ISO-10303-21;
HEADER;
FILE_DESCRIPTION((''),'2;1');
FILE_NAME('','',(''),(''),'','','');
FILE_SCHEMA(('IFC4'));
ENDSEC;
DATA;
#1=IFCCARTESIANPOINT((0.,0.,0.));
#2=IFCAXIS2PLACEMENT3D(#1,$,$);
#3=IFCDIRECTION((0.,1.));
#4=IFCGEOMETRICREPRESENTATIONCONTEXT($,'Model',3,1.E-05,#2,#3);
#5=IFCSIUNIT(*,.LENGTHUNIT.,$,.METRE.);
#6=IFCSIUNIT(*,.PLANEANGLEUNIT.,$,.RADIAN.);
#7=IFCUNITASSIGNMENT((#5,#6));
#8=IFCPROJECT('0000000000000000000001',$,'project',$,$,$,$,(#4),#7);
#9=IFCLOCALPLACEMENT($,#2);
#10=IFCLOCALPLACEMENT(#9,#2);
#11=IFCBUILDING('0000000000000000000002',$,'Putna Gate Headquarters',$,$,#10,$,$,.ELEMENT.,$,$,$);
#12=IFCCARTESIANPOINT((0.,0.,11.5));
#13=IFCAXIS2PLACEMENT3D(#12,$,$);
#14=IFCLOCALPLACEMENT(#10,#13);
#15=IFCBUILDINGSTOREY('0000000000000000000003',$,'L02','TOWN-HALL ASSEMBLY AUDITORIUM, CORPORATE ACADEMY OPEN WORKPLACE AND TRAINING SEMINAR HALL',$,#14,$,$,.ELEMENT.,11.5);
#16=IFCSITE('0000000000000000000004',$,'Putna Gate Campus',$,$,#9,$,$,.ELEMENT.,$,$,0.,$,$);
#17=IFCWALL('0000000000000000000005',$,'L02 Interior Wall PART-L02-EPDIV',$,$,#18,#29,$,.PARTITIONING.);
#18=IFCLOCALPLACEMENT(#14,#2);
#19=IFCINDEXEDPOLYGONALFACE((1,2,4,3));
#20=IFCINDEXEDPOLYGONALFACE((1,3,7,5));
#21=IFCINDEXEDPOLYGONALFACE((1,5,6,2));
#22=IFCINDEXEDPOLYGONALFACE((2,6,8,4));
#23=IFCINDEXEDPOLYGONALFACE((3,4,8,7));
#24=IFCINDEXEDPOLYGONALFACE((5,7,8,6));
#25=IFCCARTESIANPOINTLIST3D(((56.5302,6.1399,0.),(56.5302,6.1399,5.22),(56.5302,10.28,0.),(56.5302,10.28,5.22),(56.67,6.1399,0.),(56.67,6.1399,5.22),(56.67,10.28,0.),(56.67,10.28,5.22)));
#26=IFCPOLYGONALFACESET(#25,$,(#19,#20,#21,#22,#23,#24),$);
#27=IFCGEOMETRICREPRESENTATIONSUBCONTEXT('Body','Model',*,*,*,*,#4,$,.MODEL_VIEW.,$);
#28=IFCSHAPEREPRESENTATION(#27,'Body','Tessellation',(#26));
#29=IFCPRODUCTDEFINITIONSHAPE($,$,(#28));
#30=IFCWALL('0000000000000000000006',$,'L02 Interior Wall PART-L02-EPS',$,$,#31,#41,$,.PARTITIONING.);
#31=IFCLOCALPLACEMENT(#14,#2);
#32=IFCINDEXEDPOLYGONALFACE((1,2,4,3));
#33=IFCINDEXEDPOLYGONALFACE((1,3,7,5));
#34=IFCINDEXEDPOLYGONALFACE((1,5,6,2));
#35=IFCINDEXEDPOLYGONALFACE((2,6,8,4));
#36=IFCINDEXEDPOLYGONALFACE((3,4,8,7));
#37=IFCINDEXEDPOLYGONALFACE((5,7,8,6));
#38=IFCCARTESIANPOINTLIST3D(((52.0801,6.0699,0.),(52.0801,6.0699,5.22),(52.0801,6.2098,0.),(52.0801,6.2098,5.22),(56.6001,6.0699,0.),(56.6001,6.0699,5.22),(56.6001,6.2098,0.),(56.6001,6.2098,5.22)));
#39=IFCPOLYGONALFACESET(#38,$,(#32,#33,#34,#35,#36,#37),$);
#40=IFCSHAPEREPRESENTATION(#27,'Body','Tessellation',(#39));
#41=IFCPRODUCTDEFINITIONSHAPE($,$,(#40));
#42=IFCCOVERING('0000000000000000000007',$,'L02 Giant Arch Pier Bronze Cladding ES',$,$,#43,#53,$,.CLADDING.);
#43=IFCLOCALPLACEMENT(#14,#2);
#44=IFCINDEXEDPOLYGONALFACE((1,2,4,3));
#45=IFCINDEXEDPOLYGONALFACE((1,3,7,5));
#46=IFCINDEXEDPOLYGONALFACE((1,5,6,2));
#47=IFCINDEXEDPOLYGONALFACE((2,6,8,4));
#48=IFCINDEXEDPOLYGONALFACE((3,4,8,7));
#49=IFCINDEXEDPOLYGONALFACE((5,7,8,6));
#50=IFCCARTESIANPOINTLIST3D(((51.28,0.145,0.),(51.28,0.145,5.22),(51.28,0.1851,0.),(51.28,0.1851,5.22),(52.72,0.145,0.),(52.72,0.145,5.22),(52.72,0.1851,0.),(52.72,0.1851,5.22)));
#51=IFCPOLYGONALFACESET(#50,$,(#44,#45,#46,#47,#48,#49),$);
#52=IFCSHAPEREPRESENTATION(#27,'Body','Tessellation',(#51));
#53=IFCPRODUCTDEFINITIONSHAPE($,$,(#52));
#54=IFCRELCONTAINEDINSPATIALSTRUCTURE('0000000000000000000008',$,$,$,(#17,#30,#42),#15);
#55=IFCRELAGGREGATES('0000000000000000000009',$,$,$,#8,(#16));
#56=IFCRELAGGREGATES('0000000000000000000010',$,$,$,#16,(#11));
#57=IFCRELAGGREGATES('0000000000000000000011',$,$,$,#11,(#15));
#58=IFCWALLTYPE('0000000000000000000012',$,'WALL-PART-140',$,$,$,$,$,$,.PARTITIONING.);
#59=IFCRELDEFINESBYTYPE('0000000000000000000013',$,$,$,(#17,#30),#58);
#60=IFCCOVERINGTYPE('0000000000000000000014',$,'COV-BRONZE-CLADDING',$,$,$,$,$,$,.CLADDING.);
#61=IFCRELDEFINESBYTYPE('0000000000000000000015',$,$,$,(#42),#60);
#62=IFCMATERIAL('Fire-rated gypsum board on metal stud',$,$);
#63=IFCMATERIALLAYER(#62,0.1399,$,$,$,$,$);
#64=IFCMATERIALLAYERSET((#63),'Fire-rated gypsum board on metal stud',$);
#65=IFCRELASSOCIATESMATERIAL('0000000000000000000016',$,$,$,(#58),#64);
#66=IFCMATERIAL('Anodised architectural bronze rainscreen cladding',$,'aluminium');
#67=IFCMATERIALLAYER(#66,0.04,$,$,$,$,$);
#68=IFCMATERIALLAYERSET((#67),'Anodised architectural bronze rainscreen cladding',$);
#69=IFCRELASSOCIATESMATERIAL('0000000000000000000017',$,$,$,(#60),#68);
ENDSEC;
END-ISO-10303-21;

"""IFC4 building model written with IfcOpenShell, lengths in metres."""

from ifc_helpers import new_model, si_unit, direction, frame, frame_2d, origin, origin_2d, place, context, subcontext, project, spatial, rectangle, extrude, material, layer, layer_set, type_object, element, save


model = new_model("IFC4")

# Units and contexts
model_context = context("Model", 3, precision=1e-05, world=origin(), true_north=direction((0.0, 1.0)))
body_context = subcontext(model_context, "Body", "Model", "MODEL_VIEW")
ifc_project = project(units=[si_unit("LENGTHUNIT", "METRE"), si_unit("PLANEANGLEUNIT", "RADIAN")], contexts=[model_context])

# Site, building, storey
site_placement = place(None, origin())
site = spatial("IfcSite", under=ifc_project, at=site_placement, Name="Putna Gate Campus", CompositionType="ELEMENT", RefElevation=0.0)
building_placement = place(site_placement, origin())
building = spatial("IfcBuilding", under=site, at=building_placement, Name="Putna Gate Headquarters", CompositionType="ELEMENT")
storey_placement = place(building_placement, frame((0.0, 0.0, 11.5)))
storey = spatial("IfcBuildingStorey", under=building, at=storey_placement, Name="L02", Description="TOWN-HALL ASSEMBLY AUDITORIUM, CORPORATE ACADEMY OPEN WORKPLACE AND TRAINING SEMINAR HALL", CompositionType="ELEMENT", Elevation=11.5)

# Walls
ifc_material_1 = material(Name="Fire-rated gypsum board on metal stud")
ifc_layer_1 = layer(ifc_material_1, 0.1399)
ifc_layer_set_1 = layer_set([ifc_layer_1], Name="Fire-rated gypsum board on metal stud")
wall_type = type_object("IfcWallType", Name="WALL-PART-140", PredefinedType="PARTITIONING", material=ifc_layer_set_1)
wall_1_placement = place(storey_placement, frame((56.6001, 6.1399, 0.0), z_axis=(0.0, 0.0, 1.0), x_axis=(0.0, 1.0, 0.0)))
element("IfcWall", 1, at=wall_1_placement, inside=storey, type_object=wall_type, Name="L02 Interior Wall PART-L02-EPDIV", PredefinedType="PARTITIONING", context=body_context, shape_type="SweptSolid", body=[
    extrude(rectangle(XDim=4.1401, YDim=0.1399, at=frame_2d((2.0701, 0.0))), origin(), (0.0, 0.0, 1.0), 5.22),
])
wall_2_placement = place(storey_placement, frame((52.0801, 6.1399, 0.0), z_axis=(0.0, 0.0, 1.0), x_axis=(1.0, 0.0, 0.0)))
element("IfcWall", 2, at=wall_2_placement, inside=storey, type_object=wall_type, Name="L02 Interior Wall PART-L02-EPS", PredefinedType="PARTITIONING", context=body_context, shape_type="SweptSolid", body=[
    extrude(rectangle(XDim=4.52, YDim=0.1399, at=frame_2d((2.26, 0.0))), origin(), (0.0, 0.0, 1.0), 5.22),
])

# Covering
ifc_material_2 = material(Name="Anodised architectural bronze rainscreen cladding", Category="aluminium")
ifc_layer_2 = layer(ifc_material_2, 0.04)
ifc_layer_set_2 = layer_set([ifc_layer_2], Name="Anodised architectural bronze rainscreen cladding")
covering_type = type_object("IfcCoveringType", Name="COV-BRONZE-CLADDING", PredefinedType="CLADDING", material=ifc_layer_set_2)
covering_placement = place(storey_placement, frame((52.0, 0.165, 0.0), z_axis=(0.0, 0.0, 1.0), x_axis=(1.0, 0.0, 0.0)))
element("IfcCovering", 3, at=covering_placement, inside=storey, type_object=covering_type, Name="L02 Giant Arch Pier Bronze Cladding ES", PredefinedType="CLADDING", context=body_context, shape_type="SweptSolid", body=[
    extrude(rectangle(XDim=1.4399, YDim=0.04, at=origin_2d()), origin(), (0.0, 0.0, 1.0), 5.22),
])

save(model, "model.ifc")
